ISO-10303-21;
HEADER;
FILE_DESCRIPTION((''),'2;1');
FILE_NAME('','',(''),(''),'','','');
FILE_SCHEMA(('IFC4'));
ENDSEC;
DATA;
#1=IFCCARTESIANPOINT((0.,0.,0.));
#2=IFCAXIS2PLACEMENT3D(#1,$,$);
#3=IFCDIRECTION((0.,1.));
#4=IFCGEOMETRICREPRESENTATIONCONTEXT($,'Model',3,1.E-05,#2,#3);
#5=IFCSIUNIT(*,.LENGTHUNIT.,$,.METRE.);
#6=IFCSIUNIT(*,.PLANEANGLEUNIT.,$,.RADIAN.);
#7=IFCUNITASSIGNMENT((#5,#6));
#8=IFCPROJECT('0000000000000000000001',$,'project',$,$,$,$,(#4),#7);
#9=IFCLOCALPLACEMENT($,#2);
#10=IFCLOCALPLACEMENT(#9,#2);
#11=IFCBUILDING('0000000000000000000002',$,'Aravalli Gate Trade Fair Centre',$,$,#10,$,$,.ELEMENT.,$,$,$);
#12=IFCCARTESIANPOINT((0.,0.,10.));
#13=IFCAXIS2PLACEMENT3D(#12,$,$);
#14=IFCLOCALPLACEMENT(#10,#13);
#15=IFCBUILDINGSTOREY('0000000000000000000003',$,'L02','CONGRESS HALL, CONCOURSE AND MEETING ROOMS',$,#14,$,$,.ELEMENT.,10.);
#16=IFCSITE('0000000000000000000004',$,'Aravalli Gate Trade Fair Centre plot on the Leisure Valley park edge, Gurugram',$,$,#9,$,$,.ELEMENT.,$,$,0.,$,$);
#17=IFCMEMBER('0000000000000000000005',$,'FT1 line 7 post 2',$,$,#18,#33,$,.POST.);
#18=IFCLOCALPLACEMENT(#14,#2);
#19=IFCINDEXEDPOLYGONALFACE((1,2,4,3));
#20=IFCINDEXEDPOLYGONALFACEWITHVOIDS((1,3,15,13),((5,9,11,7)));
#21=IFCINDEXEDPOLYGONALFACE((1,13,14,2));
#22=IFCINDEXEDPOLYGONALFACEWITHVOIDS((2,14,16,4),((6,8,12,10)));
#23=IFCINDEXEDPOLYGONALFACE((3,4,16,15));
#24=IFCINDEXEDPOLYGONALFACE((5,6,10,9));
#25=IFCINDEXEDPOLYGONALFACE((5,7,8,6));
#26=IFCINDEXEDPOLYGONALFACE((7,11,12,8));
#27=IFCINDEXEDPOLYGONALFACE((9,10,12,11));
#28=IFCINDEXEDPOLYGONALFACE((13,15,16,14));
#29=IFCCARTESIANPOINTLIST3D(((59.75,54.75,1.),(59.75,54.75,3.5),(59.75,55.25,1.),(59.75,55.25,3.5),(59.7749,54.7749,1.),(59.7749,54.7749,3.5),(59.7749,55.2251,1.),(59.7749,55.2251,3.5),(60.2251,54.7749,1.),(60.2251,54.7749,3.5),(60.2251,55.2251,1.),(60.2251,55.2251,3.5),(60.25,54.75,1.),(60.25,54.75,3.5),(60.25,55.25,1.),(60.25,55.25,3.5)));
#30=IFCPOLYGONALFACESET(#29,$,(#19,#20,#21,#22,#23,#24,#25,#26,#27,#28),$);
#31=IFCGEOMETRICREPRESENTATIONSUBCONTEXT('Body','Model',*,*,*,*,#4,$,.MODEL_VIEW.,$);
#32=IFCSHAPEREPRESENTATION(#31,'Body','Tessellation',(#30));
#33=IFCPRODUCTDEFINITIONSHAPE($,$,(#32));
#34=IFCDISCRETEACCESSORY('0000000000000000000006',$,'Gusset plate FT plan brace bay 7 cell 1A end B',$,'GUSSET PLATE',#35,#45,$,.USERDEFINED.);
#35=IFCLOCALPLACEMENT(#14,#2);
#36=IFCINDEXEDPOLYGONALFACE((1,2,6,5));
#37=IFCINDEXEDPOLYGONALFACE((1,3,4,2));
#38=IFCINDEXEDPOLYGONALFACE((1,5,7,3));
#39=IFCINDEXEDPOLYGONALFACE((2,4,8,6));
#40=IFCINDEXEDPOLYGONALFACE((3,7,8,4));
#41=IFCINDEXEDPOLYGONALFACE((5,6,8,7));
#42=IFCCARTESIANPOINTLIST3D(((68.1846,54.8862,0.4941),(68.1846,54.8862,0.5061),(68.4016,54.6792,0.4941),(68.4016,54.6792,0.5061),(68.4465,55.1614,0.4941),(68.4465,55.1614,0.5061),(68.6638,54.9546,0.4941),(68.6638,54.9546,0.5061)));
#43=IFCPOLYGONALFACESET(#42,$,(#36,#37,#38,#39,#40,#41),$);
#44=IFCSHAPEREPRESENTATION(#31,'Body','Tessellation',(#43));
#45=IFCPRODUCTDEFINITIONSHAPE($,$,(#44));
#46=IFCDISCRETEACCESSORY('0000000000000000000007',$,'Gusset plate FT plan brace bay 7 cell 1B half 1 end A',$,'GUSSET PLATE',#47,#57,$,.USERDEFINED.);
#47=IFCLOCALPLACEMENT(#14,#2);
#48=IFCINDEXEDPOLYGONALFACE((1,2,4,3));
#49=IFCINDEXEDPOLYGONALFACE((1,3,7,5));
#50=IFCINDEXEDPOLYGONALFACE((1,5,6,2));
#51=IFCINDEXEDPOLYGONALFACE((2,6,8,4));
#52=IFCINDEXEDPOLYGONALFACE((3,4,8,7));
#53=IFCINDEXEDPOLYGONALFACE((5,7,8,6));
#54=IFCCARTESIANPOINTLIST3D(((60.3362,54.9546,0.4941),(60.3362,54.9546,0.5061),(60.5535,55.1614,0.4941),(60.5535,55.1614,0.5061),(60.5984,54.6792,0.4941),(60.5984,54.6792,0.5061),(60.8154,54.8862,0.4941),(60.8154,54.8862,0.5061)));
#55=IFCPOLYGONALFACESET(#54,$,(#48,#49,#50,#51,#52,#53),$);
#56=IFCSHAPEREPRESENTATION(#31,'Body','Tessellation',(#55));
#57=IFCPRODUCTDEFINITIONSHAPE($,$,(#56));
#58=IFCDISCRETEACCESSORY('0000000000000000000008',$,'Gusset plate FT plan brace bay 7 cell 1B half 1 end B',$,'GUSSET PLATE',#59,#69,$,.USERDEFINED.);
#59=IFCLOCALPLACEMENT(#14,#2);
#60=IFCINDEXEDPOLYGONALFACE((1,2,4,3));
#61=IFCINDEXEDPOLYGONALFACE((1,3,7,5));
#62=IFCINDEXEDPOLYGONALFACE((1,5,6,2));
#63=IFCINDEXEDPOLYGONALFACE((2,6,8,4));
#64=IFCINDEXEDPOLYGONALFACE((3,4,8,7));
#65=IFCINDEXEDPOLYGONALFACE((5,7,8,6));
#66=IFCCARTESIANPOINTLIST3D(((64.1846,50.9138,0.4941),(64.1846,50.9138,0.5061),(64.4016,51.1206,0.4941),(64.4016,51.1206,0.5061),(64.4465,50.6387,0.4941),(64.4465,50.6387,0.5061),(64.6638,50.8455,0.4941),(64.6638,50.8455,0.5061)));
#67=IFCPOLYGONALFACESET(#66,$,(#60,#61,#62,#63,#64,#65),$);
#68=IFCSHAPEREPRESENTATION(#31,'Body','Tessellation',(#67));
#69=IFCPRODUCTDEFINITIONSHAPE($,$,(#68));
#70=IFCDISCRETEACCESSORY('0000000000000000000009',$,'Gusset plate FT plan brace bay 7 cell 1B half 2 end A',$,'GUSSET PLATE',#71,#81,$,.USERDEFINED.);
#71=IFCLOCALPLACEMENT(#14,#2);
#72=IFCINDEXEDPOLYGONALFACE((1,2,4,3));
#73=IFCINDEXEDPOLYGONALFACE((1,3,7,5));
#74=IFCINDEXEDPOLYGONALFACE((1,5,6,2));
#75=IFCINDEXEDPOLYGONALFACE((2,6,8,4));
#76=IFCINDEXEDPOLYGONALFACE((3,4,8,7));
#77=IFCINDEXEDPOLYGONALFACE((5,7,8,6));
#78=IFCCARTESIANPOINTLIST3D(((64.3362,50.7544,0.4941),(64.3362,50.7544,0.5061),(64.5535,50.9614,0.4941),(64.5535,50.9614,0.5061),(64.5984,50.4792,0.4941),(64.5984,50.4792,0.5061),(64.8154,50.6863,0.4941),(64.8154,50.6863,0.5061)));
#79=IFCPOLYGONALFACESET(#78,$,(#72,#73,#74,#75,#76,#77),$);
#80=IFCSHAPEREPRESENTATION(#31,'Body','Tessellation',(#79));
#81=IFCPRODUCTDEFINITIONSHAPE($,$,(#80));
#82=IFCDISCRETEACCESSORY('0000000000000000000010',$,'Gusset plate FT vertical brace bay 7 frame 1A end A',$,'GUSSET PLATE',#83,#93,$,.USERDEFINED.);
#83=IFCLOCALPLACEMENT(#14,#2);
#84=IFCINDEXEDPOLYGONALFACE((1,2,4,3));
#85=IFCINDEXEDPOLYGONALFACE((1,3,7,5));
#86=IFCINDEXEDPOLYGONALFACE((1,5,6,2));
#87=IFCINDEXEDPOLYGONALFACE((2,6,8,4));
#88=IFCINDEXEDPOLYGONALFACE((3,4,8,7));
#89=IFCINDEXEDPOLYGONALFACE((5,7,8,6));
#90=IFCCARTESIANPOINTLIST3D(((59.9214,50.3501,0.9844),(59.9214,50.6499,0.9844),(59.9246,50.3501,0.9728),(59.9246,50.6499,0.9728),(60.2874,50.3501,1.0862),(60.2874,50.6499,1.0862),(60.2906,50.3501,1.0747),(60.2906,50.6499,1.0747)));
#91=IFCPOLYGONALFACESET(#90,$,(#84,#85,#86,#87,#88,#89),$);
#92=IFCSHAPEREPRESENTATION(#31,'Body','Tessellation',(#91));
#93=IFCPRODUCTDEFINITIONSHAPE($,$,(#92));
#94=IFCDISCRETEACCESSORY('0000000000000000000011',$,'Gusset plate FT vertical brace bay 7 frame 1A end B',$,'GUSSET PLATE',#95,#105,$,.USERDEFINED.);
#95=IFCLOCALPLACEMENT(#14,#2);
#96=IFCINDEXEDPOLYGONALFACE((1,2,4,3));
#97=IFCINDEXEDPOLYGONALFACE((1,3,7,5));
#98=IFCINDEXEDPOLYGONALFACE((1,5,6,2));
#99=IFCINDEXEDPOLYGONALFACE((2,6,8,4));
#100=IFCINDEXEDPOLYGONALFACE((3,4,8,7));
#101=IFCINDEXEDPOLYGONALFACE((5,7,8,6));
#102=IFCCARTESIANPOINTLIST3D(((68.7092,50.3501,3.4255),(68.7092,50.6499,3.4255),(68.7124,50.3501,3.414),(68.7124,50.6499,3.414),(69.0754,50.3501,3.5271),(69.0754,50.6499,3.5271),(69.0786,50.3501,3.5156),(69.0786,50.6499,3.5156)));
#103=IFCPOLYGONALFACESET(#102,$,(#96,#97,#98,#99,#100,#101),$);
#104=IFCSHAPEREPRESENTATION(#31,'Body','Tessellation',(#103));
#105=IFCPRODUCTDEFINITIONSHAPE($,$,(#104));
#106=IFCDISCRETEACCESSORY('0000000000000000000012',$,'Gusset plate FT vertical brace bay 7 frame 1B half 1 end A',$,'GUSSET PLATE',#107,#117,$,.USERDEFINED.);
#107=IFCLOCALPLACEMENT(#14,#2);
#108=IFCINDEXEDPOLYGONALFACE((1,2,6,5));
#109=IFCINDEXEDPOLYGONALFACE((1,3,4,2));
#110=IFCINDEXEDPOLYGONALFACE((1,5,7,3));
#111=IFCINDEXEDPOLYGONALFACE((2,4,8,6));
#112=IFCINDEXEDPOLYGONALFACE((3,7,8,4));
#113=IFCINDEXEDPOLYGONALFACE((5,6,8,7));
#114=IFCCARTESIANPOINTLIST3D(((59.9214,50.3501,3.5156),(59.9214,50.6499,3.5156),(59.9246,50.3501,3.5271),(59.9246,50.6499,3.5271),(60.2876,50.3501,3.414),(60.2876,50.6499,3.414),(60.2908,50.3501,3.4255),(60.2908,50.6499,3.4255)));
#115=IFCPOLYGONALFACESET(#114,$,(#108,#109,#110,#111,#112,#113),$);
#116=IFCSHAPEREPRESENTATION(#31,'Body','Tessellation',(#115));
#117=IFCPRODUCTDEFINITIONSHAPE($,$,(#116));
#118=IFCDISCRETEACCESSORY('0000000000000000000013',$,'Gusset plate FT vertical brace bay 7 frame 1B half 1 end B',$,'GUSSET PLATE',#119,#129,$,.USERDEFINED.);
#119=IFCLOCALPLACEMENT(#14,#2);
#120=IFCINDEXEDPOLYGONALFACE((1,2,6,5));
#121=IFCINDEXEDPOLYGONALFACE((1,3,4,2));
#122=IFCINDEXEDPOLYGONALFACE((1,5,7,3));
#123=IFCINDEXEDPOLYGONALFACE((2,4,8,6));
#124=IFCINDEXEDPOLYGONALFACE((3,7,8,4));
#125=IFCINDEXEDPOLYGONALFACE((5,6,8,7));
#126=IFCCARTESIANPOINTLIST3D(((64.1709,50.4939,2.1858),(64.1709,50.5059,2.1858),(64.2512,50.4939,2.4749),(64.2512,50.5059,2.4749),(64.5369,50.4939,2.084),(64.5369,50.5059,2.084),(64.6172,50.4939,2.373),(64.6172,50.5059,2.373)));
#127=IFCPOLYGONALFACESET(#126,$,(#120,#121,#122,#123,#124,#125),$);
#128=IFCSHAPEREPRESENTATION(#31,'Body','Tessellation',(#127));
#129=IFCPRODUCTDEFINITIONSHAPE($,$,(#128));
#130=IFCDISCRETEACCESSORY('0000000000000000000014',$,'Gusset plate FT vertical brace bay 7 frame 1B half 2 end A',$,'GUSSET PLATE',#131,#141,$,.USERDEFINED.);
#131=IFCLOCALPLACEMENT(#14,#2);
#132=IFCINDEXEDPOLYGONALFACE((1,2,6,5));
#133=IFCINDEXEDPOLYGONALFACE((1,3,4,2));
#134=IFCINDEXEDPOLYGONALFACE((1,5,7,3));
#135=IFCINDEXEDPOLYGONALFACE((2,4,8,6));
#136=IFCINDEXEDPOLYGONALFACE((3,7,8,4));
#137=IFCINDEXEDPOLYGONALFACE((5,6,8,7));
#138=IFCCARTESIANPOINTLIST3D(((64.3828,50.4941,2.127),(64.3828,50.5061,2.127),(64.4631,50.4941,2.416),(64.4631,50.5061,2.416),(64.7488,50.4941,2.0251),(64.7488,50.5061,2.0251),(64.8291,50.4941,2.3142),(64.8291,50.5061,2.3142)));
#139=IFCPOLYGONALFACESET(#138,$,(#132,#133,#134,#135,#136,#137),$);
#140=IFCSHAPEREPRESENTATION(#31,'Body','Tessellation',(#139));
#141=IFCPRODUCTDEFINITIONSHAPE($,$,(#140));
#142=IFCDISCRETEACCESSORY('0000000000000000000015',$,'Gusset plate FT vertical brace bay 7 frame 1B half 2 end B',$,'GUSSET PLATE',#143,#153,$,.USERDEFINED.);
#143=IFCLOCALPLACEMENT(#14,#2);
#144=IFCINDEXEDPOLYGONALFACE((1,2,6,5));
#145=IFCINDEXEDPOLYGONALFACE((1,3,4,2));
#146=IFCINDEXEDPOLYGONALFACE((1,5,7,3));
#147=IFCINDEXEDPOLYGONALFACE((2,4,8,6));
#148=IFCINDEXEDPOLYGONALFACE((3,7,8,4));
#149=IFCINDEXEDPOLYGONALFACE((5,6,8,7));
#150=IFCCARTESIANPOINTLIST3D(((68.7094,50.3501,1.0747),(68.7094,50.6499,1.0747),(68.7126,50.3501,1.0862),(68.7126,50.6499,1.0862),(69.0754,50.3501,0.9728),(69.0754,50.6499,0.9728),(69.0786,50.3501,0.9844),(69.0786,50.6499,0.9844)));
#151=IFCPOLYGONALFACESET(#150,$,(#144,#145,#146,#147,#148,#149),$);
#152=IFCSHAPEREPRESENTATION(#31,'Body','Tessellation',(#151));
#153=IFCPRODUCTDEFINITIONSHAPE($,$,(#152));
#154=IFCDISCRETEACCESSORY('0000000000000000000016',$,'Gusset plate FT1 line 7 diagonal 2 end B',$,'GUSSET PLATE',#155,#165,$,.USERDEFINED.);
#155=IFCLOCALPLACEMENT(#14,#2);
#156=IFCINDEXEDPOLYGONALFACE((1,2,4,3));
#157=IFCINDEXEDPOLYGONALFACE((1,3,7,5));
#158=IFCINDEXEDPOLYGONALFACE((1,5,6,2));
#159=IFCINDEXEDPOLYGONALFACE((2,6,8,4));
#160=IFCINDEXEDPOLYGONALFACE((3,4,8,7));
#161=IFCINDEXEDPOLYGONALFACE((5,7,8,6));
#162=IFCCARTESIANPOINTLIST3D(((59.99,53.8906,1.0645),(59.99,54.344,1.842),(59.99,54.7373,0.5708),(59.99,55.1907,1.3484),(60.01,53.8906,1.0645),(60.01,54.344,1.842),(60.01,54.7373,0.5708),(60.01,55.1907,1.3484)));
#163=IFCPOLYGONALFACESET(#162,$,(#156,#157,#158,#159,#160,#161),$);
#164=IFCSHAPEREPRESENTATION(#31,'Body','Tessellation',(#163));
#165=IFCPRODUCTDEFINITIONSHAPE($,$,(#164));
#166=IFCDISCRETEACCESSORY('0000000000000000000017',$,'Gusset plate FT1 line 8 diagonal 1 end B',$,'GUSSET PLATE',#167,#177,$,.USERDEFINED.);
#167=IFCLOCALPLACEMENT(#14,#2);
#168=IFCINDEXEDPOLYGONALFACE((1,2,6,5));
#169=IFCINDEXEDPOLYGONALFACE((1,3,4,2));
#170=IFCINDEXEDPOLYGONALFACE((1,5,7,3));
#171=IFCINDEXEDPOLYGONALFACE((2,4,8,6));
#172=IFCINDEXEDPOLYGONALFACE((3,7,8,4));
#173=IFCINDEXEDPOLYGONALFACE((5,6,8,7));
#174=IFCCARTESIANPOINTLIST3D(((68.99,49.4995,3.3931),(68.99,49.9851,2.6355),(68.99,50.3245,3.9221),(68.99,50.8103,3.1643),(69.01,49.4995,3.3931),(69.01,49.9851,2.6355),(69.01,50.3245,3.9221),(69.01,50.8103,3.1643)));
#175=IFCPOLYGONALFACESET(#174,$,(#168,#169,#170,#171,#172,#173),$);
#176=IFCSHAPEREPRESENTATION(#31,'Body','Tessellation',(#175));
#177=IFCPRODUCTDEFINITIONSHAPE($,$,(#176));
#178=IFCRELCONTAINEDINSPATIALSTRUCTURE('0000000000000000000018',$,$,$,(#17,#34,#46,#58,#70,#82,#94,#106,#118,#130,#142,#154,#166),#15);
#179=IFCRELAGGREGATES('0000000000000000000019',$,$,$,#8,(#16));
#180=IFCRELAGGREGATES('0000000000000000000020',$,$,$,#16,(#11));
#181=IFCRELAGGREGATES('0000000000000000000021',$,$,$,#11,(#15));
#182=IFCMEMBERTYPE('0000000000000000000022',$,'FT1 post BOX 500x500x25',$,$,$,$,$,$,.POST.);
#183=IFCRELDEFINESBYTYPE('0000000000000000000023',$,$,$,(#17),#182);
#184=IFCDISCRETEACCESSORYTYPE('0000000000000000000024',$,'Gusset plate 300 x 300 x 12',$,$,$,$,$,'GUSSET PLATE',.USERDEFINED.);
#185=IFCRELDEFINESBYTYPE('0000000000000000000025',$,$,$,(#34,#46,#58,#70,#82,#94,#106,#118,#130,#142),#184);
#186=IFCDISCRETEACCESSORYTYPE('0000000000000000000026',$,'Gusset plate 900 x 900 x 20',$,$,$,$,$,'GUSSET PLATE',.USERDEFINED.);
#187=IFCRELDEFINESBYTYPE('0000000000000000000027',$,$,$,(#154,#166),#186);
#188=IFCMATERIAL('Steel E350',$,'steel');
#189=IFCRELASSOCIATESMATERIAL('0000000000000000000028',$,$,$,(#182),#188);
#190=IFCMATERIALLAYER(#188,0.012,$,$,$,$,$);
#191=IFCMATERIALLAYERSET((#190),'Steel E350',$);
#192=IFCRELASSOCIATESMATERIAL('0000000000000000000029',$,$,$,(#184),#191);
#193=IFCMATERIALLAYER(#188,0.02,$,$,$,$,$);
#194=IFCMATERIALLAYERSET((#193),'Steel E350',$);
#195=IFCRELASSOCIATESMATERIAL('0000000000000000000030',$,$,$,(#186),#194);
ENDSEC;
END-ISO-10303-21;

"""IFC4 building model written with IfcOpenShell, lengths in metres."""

from ifc_helpers import new_model, si_unit, direction, frame, origin, origin_2d, place, context, subcontext, project, spatial, polyline, hollow_rectangle, outline, extrude, material, layer, layer_set, material_profile, profile_set, type_object, element, save


model = new_model("IFC4")

# Units and contexts
model_context = context("Model", 3, precision=1e-05, world=origin(), true_north=direction((0.0, 1.0)))
body_context = subcontext(model_context, "Body", "Model", "MODEL_VIEW")
ifc_project = project(units=[si_unit("LENGTHUNIT", "METRE"), si_unit("PLANEANGLEUNIT", "RADIAN")], contexts=[model_context])

# Site, building, storey
site_placement = place(None, origin())
site = spatial("IfcSite", under=ifc_project, at=site_placement, Name="Aravalli Gate Trade Fair Centre plot on the Leisure Valley park edge, Gurugram", CompositionType="ELEMENT", RefElevation=0.0)
building_placement = place(site_placement, origin())
building = spatial("IfcBuilding", under=site, at=building_placement, Name="Aravalli Gate Trade Fair Centre", CompositionType="ELEMENT")
storey_placement = place(building_placement, frame((0.0, 0.0, 10.0)))
storey = spatial("IfcBuildingStorey", under=building, at=storey_placement, Name="L02", Description="CONGRESS HALL, CONCOURSE AND MEETING ROOMS", CompositionType="ELEMENT", Elevation=10.0)

# Member
ifc_material = material(Name="Steel E350", Category="steel")
ifc_material_profile_1 = material_profile(ifc_material, hollow_rectangle(XDim=0.5, YDim=0.5, WallThickness=0.0249, at=origin_2d()), Name="BOX 500x500x25")
ifc_profile_set_1 = profile_set([ifc_material_profile_1], Name="Steel E350")
member_type_1 = type_object("IfcMemberType", Name="FT1 post BOX 500x500x25", PredefinedType="POST", material=ifc_profile_set_1)
for number, where, z_axis, x_axis, name in (
    (1, (60.0, 55.0, 1.0), (0.0, 0.0, 1.0), (1.0, 0.0, 0.0), "FT1 line 7 post 2"),
):
    element("IfcMember", number, at=place(storey_placement, frame(where, z_axis=z_axis, x_axis=x_axis)), inside=storey, type_object=member_type_1, Name=name, PredefinedType="POST", context=body_context, shape_type="SweptSolid", body=[
        extrude(hollow_rectangle(XDim=0.5, YDim=0.5, WallThickness=0.0249, at=origin_2d()), origin(), (0.0, 0.0, 1.0), 2.5),
    ])

# Discrete accessories
ifc_layer_1 = layer(ifc_material, 0.012)
ifc_layer_set_1 = layer_set([ifc_layer_1], Name="Steel E350")
discrete_accessory_type_1 = type_object("IfcDiscreteAccessoryType", Name="Gusset plate 300 x 300 x 12", ElementType="GUSSET PLATE", PredefinedType="USERDEFINED", material=ifc_layer_set_1)
discrete_accessory_1_placement = place(storey_placement, frame((68.4016, 54.6792, 0.5061), z_axis=(0.0, 0.0, 1.0), x_axis=(0.689559, 0.72423, 0.0)))
element("IfcDiscreteAccessory", 2, at=discrete_accessory_1_placement, inside=storey, type_object=discrete_accessory_type_1, Name="Gusset plate FT plan brace bay 7 cell 1A end B", ObjectType="GUSSET PLATE", PredefinedType="USERDEFINED", context=body_context, shape_type="SweptSolid", body=[
    extrude(outline(polyline([(0.0, 0.0), (0.3803, 0.0), (0.3802, 0.3), (0.0003, 0.2999), (0.0, 0.0)])), origin(), (0.0, 0.0, -1.0), 0.012),
])
discrete_accessory_2_placement = place(storey_placement, frame((60.5984, 54.6792, 0.5061), z_axis=(0.0, 0.0, 1.0), x_axis=(-0.689559, 0.72423, 0.0)))
element("IfcDiscreteAccessory", 3, at=discrete_accessory_2_placement, inside=storey, type_object=discrete_accessory_type_1, Name="Gusset plate FT plan brace bay 7 cell 1B half 1 end A", ObjectType="GUSSET PLATE", PredefinedType="USERDEFINED", context=body_context, shape_type="SweptSolid", body=[
    extrude(outline(polyline([(0.0, 0.0), (0.3803, 0.0), (0.3802, -0.3), (0.0003, -0.2999), (0.0, 0.0)])), origin(), (0.0, 0.0, -1.0), 0.012),
])
discrete_accessory_3_placement = place(storey_placement, frame((64.1846, 50.9138, 0.5061), z_axis=(0.0, 0.0, 1.0), x_axis=(0.689543, -0.724245, 0.0)))
element("IfcDiscreteAccessory", 4, at=discrete_accessory_3_placement, inside=storey, type_object=discrete_accessory_type_1, Name="Gusset plate FT plan brace bay 7 cell 1B half 1 end B", ObjectType="GUSSET PLATE", PredefinedType="USERDEFINED", context=body_context, shape_type="SweptSolid", body=[
    extrude(outline(polyline([(0.0, 0.0), (0.3799, 0.0), (0.38, 0.3), (-0.0001, 0.2998), (0.0, 0.0)])), origin(), (0.0, 0.0, -1.0), 0.012),
])
discrete_accessory_4_placement = place(storey_placement, frame((64.5984, 50.4792, 0.5061), z_axis=(0.0, 0.0, 1.0), x_axis=(-0.68988, 0.723924, 0.0)))
element("IfcDiscreteAccessory", 5, at=discrete_accessory_4_placement, inside=storey, type_object=discrete_accessory_type_1, Name="Gusset plate FT plan brace bay 7 cell 1B half 2 end A", ObjectType="GUSSET PLATE", PredefinedType="USERDEFINED", context=body_context, shape_type="SweptSolid", body=[
    extrude(outline(polyline([(0.0, 0.0), (0.3801, 0.0), (0.3801, -0.3001), (0.0001, -0.2999), (0.0, 0.0)])), origin(), (0.0, 0.0, -1.0), 0.012),
])
discrete_accessory_5_placement = place(storey_placement, frame((60.2874, 50.3501, 1.0862), z_axis=(-0.268008, 0.0, 0.963417), x_axis=(-0.963417, 0.0, -0.268008)))
element("IfcDiscreteAccessory", 6, at=discrete_accessory_5_placement, inside=storey, type_object=discrete_accessory_type_1, Name="Gusset plate FT vertical brace bay 7 frame 1A end A", ObjectType="GUSSET PLATE", PredefinedType="USERDEFINED", context=body_context, shape_type="SweptSolid", body=[
    extrude(outline(polyline([(0.0, 0.0), (0.3799, 0.0), (0.3799, -0.2998), (0.0, -0.2998), (0.0, 0.0)])), origin(), (0.0, 0.0, -1.0), 0.012),
])
discrete_accessory_6_placement = place(storey_placement, frame((68.7092, 50.3501, 3.4255), z_axis=(-0.267246, 0.0, 0.963628), x_axis=(0.963628, 0.0, 0.267246)))
element("IfcDiscreteAccessory", 7, at=discrete_accessory_6_placement, inside=storey, type_object=discrete_accessory_type_1, Name="Gusset plate FT vertical brace bay 7 frame 1A end B", ObjectType="GUSSET PLATE", PredefinedType="USERDEFINED", context=body_context, shape_type="SweptSolid", body=[
    extrude(outline(polyline([(0.0, 0.0), (0.38, 0.0), (0.38, 0.2998), (0.0, 0.2998), (0.0, 0.0)])), origin(), (0.0, 0.0, -1.0), 0.012),
])
discrete_accessory_7_placement = place(storey_placement, frame((60.2908, 50.3501, 3.4255), z_axis=(0.267246, 0.0, 0.963628), x_axis=(-0.963628, 0.0, 0.267246)))
element("IfcDiscreteAccessory", 8, at=discrete_accessory_7_placement, inside=storey, type_object=discrete_accessory_type_1, Name="Gusset plate FT vertical brace bay 7 frame 1B half 1 end A", ObjectType="GUSSET PLATE", PredefinedType="USERDEFINED", context=body_context, shape_type="SweptSolid", body=[
    extrude(outline(polyline([(0.0, 0.0), (0.38, 0.0), (0.38, -0.2998), (0.0, -0.2998), (0.0, 0.0)])), origin(), (0.0, 0.0, -1.0), 0.012),
])
discrete_accessory_8_placement = place(storey_placement, frame((64.1709, 50.4939, 2.1858), z_axis=(0.0, -1.0, 0.0), x_axis=(0.963417, 0.0, -0.268008)))
element("IfcDiscreteAccessory", 9, at=discrete_accessory_8_placement, inside=storey, type_object=discrete_accessory_type_1, Name="Gusset plate FT vertical brace bay 7 frame 1B half 1 end B", ObjectType="GUSSET PLATE", PredefinedType="USERDEFINED", context=body_context, shape_type="SweptSolid", body=[
    extrude(outline(polyline([(0.0, 0.0), (0.3799, 0.0), (0.3798, 0.3), (-0.0001, 0.3), (0.0, 0.0)])), origin(), (0.0, 0.0, -1.0), 0.012),
])
discrete_accessory_9_placement = place(storey_placement, frame((64.7488, 50.5061, 2.0251), z_axis=(0.0, 1.0, 0.0), x_axis=(-0.963417, 0.0, 0.268008)))
element("IfcDiscreteAccessory", 10, at=discrete_accessory_9_placement, inside=storey, type_object=discrete_accessory_type_1, Name="Gusset plate FT vertical brace bay 7 frame 1B half 2 end A", ObjectType="GUSSET PLATE", PredefinedType="USERDEFINED", context=body_context, shape_type="SweptSolid", body=[
    extrude(outline(polyline([(0.0, 0.0), (0.3799, 0.0), (0.38, 0.3), (0.0001, 0.3), (0.0, 0.0)])), origin(), (0.0, 0.0, -1.0), 0.012),
])
discrete_accessory_10_placement = place(storey_placement, frame((68.7126, 50.3501, 1.0862), z_axis=(0.268008, 0.0, 0.963417), x_axis=(0.963417, 0.0, -0.268008)))
element("IfcDiscreteAccessory", 11, at=discrete_accessory_10_placement, inside=storey, type_object=discrete_accessory_type_1, Name="Gusset plate FT vertical brace bay 7 frame 1B half 2 end B", ObjectType="GUSSET PLATE", PredefinedType="USERDEFINED", context=body_context, shape_type="SweptSolid", body=[
    extrude(outline(polyline([(0.0, 0.0), (0.3799, 0.0), (0.3799, 0.2998), (0.0, 0.2998), (0.0, 0.0)])), origin(), (0.0, 0.0, -1.0), 0.012),
])
ifc_layer_2 = layer(ifc_material, 0.02)
ifc_layer_set_2 = layer_set([ifc_layer_2], Name="Steel E350")
discrete_accessory_type_2 = type_object("IfcDiscreteAccessoryType", Name="Gusset plate 900 x 900 x 20", ElementType="GUSSET PLATE", PredefinedType="USERDEFINED", material=ifc_layer_set_2)
discrete_accessory_11_placement = place(storey_placement, frame((60.01, 53.8906, 1.0645), z_axis=(1.0, 0.0, 0.0), x_axis=(0.0, 0.863887, -0.503685)))
element("IfcDiscreteAccessory", 12, at=discrete_accessory_11_placement, inside=storey, type_object=discrete_accessory_type_2, Name="Gusset plate FT1 line 7 diagonal 2 end B", ObjectType="GUSSET PLATE", PredefinedType="USERDEFINED", context=body_context, shape_type="SweptSolid", body=[
    extrude(outline(polyline([(0.0, 0.0), (0.9801, 0.0), (0.9801, 0.9001), (0.0, 0.9001), (0.0, 0.0)])), origin(), (0.0, 0.0, -1.0), 0.02),
])
discrete_accessory_12_placement = place(storey_placement, frame((68.99, 49.4995, 3.3931), z_axis=(-1.0, 0.0, 0.0), x_axis=(0.0, 0.841769, 0.539838)))
element("IfcDiscreteAccessory", 13, at=discrete_accessory_12_placement, inside=storey, type_object=discrete_accessory_type_2, Name="Gusset plate FT1 line 8 diagonal 1 end B", ObjectType="GUSSET PLATE", PredefinedType="USERDEFINED", context=body_context, shape_type="SweptSolid", body=[
    extrude(outline(polyline([(0.0, 0.0), (0.98, 0.0), (0.9799, 0.9002), (-0.0002, 0.8998), (0.0, 0.0)])), origin(), (0.0, 0.0, -1.0), 0.02),
])

save(model, "model.ifc")
